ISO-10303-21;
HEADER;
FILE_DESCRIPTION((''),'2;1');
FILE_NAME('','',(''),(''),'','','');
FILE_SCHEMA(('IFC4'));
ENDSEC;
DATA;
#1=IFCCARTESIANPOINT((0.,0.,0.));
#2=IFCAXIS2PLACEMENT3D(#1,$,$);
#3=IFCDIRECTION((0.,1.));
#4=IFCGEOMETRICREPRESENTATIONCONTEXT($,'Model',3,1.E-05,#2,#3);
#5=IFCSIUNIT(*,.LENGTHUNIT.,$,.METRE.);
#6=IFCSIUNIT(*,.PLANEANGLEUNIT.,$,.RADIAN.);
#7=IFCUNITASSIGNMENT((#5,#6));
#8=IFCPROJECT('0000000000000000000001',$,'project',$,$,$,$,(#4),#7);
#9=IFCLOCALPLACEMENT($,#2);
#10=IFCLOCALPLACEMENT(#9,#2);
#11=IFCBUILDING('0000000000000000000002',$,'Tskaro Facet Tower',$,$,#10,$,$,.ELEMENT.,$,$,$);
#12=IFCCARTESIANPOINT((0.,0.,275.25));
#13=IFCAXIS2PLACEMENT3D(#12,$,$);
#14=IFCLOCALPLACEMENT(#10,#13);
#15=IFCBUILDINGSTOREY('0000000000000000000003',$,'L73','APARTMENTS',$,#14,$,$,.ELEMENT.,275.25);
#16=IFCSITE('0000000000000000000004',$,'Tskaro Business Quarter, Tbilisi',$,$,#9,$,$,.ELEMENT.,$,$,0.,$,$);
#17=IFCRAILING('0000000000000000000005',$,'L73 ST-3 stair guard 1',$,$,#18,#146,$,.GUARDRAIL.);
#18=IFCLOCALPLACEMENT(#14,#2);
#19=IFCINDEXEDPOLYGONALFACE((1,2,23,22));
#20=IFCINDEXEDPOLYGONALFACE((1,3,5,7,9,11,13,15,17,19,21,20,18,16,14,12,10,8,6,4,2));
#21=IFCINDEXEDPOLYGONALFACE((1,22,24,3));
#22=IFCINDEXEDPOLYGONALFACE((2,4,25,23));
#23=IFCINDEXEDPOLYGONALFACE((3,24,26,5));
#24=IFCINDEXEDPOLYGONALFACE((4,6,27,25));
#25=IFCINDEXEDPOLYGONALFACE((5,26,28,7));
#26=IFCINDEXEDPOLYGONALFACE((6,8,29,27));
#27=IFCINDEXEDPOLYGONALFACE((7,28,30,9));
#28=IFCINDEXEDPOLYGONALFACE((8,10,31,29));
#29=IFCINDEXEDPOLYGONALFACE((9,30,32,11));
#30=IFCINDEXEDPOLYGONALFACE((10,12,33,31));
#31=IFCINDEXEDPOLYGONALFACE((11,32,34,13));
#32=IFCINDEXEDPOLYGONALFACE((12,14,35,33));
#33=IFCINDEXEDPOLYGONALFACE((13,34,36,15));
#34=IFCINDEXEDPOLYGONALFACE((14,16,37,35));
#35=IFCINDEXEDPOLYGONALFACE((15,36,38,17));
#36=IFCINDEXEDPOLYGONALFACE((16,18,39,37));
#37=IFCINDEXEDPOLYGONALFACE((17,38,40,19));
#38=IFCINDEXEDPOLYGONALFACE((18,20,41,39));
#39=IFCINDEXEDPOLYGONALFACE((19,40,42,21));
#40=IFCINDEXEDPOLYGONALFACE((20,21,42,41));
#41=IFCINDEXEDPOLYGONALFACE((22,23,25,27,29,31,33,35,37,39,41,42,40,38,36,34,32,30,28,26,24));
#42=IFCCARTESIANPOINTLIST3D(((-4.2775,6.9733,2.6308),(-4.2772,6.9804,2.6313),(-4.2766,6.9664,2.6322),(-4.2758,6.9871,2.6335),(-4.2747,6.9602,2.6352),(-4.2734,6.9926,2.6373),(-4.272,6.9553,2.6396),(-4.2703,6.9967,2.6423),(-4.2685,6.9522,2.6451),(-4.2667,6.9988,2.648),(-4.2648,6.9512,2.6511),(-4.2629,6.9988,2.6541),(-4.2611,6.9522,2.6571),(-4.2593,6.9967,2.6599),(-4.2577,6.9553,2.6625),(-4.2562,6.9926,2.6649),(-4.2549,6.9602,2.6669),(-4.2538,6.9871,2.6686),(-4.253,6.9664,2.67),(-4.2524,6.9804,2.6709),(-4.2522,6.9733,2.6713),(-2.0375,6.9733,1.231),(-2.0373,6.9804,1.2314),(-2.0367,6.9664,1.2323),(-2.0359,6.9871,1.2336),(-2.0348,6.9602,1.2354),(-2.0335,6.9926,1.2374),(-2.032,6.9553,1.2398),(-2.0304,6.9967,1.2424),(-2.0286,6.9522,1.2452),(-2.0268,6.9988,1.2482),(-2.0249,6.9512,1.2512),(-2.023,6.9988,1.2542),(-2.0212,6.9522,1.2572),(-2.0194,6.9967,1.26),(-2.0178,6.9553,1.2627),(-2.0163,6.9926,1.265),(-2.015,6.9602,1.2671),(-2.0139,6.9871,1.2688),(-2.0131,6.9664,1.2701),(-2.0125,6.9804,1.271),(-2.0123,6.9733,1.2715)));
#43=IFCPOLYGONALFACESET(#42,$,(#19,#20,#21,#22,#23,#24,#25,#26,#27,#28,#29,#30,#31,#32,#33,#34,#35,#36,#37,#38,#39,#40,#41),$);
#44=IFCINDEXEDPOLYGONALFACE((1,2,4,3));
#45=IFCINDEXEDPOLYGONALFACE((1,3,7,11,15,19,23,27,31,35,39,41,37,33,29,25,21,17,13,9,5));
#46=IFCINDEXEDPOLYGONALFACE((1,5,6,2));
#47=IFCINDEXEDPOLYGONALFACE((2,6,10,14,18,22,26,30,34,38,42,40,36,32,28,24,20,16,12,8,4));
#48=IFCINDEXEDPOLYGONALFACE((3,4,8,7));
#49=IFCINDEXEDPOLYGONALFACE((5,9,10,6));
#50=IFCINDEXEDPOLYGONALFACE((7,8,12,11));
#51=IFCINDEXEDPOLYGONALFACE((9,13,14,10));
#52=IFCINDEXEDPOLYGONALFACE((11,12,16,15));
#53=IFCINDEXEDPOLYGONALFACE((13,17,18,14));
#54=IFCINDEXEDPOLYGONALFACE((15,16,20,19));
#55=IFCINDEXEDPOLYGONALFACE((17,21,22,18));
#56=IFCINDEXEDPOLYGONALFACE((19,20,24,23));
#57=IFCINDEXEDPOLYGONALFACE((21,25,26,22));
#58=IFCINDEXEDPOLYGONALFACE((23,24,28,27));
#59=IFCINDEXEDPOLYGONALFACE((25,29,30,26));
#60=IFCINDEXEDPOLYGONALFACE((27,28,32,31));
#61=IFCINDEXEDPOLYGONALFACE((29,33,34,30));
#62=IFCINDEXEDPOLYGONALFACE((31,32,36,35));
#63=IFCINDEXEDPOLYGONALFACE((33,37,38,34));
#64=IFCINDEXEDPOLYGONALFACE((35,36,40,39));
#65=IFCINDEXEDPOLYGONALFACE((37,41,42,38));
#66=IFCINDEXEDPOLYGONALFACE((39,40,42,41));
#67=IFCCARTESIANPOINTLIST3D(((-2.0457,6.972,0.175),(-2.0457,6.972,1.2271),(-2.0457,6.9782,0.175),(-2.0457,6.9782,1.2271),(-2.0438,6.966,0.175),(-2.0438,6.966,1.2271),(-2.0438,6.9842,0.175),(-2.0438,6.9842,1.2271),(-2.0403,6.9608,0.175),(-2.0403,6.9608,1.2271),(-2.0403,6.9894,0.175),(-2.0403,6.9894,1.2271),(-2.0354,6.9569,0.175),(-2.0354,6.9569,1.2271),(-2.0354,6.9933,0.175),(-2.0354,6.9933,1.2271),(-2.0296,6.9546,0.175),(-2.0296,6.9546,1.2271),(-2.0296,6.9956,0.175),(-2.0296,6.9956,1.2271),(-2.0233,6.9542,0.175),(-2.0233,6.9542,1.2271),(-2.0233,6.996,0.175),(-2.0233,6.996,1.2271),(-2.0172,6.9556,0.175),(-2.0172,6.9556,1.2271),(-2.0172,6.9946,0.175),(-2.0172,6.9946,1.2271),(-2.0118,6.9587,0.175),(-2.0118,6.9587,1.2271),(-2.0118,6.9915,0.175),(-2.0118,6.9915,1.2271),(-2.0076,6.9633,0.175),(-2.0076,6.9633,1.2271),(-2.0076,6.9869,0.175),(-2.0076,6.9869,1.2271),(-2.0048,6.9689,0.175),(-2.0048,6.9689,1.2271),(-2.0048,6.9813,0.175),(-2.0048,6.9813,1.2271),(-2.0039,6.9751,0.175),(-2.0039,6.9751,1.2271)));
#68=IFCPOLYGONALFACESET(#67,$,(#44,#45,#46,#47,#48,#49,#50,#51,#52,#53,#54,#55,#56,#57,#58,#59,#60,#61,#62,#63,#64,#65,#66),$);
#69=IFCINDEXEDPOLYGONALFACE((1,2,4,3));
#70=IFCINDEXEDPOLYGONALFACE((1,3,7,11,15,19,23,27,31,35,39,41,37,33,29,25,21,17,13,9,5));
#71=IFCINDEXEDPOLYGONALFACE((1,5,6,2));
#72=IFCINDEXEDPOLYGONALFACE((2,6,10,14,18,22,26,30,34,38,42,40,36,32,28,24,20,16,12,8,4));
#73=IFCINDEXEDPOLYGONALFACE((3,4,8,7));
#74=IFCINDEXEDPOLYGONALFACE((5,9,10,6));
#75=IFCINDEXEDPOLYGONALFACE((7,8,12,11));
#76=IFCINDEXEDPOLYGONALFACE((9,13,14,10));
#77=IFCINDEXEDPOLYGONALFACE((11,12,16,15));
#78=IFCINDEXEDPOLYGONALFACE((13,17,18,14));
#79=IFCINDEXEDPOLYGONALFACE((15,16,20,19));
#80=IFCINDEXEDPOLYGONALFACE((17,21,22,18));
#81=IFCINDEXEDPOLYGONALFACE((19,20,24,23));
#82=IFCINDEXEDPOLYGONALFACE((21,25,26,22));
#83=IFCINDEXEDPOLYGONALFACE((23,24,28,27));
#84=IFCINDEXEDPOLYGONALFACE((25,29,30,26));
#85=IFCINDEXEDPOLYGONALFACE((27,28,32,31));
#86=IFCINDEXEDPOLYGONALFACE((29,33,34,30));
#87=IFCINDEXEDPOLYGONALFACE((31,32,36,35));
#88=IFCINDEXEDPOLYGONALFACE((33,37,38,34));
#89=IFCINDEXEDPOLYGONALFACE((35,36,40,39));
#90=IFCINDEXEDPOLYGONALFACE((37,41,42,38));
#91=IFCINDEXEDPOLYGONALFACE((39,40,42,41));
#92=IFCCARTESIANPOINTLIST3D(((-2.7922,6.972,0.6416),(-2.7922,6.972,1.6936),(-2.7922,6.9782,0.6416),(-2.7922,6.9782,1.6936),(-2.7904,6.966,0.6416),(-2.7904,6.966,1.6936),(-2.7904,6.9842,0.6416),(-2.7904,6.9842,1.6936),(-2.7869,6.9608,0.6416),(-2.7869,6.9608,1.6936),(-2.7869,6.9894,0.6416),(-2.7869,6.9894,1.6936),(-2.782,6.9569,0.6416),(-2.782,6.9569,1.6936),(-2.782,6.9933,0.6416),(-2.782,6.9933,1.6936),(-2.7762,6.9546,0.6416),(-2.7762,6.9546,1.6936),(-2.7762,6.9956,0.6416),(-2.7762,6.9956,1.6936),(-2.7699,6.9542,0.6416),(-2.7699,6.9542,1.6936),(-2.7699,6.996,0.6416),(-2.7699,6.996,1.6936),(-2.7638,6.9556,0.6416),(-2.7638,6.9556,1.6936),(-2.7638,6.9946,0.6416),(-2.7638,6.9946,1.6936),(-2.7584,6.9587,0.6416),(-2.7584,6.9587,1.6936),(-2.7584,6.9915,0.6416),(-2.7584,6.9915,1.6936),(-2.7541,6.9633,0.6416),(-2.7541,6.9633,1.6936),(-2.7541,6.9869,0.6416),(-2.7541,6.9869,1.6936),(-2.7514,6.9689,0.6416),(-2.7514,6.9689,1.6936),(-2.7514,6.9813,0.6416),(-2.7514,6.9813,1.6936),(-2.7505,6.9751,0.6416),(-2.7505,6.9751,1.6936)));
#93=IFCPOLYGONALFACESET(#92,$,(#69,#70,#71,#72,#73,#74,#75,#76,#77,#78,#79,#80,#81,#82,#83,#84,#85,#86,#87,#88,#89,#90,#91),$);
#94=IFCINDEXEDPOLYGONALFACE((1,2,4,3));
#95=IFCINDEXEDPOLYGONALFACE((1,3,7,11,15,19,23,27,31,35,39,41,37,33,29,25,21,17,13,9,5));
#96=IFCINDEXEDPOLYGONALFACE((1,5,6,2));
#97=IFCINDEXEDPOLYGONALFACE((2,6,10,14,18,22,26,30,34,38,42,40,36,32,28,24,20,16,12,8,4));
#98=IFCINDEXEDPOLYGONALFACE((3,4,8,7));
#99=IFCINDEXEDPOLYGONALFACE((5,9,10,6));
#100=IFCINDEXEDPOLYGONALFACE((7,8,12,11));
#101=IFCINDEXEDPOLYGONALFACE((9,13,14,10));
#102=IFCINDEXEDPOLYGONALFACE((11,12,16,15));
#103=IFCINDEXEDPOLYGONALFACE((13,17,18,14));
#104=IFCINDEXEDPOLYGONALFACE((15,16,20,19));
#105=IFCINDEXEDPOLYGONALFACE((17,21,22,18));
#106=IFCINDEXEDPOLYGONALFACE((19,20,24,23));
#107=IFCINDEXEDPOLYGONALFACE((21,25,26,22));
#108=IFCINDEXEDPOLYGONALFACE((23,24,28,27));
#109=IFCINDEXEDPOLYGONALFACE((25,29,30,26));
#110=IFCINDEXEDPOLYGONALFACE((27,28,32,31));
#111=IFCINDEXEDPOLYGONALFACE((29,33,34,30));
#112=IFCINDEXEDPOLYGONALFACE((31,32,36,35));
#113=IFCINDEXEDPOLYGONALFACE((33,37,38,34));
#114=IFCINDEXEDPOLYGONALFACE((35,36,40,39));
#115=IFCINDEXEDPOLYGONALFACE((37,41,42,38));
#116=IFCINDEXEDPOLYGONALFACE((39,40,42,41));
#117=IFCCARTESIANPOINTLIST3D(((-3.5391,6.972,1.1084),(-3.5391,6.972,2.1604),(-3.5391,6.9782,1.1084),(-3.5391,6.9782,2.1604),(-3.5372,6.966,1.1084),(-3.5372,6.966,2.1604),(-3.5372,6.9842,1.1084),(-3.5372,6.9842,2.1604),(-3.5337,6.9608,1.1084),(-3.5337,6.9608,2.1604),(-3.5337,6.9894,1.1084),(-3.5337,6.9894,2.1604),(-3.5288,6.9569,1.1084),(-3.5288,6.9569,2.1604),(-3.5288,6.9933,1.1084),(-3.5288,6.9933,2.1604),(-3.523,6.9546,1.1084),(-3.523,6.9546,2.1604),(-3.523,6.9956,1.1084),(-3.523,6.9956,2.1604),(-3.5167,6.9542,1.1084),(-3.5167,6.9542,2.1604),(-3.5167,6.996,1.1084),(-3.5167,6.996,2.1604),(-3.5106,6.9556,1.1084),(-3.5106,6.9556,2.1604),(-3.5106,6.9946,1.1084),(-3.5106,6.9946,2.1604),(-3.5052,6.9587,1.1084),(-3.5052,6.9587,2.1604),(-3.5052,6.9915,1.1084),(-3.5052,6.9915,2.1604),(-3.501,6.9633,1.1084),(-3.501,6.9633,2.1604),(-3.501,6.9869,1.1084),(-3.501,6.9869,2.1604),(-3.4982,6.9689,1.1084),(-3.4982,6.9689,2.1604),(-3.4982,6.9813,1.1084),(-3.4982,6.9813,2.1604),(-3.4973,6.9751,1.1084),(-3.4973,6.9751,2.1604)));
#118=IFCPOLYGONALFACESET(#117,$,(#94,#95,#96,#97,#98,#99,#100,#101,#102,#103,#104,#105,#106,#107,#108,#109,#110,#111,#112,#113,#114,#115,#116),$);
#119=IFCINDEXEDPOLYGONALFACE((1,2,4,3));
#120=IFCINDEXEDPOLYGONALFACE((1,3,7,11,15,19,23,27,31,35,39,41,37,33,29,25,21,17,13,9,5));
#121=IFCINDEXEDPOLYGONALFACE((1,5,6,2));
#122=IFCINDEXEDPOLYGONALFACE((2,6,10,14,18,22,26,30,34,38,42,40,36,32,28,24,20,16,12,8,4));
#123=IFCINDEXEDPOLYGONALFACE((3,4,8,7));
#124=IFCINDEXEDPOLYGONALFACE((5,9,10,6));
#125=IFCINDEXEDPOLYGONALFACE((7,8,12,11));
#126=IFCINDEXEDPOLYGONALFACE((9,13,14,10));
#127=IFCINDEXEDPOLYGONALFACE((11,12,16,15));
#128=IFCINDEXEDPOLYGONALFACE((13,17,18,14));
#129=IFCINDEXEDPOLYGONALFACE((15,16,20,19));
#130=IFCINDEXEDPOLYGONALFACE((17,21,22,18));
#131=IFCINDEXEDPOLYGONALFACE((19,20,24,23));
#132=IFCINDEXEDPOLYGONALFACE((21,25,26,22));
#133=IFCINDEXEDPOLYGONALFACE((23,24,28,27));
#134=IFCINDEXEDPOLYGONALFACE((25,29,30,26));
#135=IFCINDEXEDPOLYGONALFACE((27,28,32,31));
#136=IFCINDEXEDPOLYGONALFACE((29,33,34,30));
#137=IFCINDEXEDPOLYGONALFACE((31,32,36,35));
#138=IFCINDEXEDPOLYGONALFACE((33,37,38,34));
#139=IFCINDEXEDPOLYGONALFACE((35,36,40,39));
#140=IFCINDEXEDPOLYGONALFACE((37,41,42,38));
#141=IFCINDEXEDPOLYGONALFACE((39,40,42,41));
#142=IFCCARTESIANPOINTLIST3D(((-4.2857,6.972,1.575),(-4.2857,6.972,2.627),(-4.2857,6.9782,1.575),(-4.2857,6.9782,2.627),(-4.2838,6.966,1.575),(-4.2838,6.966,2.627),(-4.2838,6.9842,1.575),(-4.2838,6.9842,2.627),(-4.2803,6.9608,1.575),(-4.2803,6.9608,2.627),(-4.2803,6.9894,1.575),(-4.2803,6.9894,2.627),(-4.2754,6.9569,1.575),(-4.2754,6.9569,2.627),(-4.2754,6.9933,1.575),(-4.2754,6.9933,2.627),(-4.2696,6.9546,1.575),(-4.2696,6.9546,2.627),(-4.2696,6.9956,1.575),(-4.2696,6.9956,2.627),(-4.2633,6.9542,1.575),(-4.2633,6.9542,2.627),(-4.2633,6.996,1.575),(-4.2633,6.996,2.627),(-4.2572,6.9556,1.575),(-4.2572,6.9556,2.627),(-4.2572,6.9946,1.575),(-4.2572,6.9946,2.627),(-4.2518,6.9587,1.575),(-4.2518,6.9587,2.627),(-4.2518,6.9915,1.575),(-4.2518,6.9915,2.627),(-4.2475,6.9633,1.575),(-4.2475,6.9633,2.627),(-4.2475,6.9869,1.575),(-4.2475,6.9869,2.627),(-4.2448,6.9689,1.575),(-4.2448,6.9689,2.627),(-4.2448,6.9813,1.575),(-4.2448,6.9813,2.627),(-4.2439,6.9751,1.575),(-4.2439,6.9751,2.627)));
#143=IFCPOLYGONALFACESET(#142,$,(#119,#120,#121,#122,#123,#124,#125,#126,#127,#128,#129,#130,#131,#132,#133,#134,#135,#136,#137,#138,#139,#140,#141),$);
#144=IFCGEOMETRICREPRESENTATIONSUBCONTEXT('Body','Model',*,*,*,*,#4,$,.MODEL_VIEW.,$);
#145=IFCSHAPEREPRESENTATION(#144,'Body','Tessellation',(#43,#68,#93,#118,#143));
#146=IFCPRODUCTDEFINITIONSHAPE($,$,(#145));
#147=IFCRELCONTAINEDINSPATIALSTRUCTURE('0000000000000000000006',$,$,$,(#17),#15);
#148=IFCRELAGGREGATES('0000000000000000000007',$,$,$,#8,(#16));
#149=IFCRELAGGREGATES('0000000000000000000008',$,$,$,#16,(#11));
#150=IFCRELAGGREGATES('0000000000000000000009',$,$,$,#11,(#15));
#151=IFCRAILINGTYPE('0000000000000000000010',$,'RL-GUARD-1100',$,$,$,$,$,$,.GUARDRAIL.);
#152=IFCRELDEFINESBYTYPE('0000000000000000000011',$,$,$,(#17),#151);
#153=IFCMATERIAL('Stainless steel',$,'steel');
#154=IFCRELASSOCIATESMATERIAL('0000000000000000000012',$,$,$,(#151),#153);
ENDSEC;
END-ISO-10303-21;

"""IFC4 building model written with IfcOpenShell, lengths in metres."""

from ifc_helpers import new_model, si_unit, direction, frame, origin, origin_2d, place, context, subcontext, project, spatial, circle, extrude, material, type_object, element, save


model = new_model("IFC4")

# Units and contexts
model_context = context("Model", 3, precision=1e-05, world=origin(), true_north=direction((0.0, 1.0)))
body_context = subcontext(model_context, "Body", "Model", "MODEL_VIEW")
ifc_project = project(units=[si_unit("LENGTHUNIT", "METRE"), si_unit("PLANEANGLEUNIT", "RADIAN")], contexts=[model_context])

# Site, building, storey
site_placement = place(None, origin())
site = spatial("IfcSite", under=ifc_project, at=site_placement, Name="Tskaro Business Quarter, Tbilisi", CompositionType="ELEMENT", RefElevation=0.0)
building_placement = place(site_placement, origin())
building = spatial("IfcBuilding", under=site, at=building_placement, Name="Tskaro Facet Tower", CompositionType="ELEMENT")
storey_placement = place(building_placement, frame((0.0, 0.0, 275.25)))
storey = spatial("IfcBuildingStorey", under=building, at=storey_placement, Name="L73", Description="APARTMENTS", CompositionType="ELEMENT", Elevation=275.25)

# Railing
ifc_material_1 = material(Name="Stainless steel", Category="steel")
railing_type_1 = type_object("IfcRailingType", Name="RL-GUARD-1100", PredefinedType="GUARDRAIL", material=ifc_material_1)
railing_1_placement = place(storey_placement, frame((-2.0249, 6.9751, 0.175)))
element("IfcRailing", 1, at=railing_1_placement, inside=storey, type_object=railing_type_1, Name="L73 ST-3 stair guard 1", PredefinedType="GUARDRAIL", context=body_context, shape_type="SweptSolid", body=[
    extrude(circle(Radius=0.0239, at=origin_2d()), frame((0.0, 0.0, 1.0762), z_axis=(-0.848014, 0.0, 0.529974), x_axis=(0.0, -1.0, 0.0)), (0.0, 0.0, 1.0), 2.6414),
    extrude(circle(Radius=0.021, at=origin_2d()), origin(), (0.0, 0.0, 1.0), 1.052),
    extrude(circle(Radius=0.021, at=origin_2d()), frame((-0.7466, 0.0, 0.4666)), (0.0, 0.0, 1.0), 1.052),
    extrude(circle(Radius=0.021, at=origin_2d()), frame((-1.4934, 0.0, 0.9333)), (0.0, 0.0, 1.0), 1.052),
    extrude(circle(Radius=0.021, at=origin_2d()), frame((-2.24, 0.0, 1.3999)), (0.0, 0.0, 1.0), 1.052),
])

save(model, "model.ifc")
